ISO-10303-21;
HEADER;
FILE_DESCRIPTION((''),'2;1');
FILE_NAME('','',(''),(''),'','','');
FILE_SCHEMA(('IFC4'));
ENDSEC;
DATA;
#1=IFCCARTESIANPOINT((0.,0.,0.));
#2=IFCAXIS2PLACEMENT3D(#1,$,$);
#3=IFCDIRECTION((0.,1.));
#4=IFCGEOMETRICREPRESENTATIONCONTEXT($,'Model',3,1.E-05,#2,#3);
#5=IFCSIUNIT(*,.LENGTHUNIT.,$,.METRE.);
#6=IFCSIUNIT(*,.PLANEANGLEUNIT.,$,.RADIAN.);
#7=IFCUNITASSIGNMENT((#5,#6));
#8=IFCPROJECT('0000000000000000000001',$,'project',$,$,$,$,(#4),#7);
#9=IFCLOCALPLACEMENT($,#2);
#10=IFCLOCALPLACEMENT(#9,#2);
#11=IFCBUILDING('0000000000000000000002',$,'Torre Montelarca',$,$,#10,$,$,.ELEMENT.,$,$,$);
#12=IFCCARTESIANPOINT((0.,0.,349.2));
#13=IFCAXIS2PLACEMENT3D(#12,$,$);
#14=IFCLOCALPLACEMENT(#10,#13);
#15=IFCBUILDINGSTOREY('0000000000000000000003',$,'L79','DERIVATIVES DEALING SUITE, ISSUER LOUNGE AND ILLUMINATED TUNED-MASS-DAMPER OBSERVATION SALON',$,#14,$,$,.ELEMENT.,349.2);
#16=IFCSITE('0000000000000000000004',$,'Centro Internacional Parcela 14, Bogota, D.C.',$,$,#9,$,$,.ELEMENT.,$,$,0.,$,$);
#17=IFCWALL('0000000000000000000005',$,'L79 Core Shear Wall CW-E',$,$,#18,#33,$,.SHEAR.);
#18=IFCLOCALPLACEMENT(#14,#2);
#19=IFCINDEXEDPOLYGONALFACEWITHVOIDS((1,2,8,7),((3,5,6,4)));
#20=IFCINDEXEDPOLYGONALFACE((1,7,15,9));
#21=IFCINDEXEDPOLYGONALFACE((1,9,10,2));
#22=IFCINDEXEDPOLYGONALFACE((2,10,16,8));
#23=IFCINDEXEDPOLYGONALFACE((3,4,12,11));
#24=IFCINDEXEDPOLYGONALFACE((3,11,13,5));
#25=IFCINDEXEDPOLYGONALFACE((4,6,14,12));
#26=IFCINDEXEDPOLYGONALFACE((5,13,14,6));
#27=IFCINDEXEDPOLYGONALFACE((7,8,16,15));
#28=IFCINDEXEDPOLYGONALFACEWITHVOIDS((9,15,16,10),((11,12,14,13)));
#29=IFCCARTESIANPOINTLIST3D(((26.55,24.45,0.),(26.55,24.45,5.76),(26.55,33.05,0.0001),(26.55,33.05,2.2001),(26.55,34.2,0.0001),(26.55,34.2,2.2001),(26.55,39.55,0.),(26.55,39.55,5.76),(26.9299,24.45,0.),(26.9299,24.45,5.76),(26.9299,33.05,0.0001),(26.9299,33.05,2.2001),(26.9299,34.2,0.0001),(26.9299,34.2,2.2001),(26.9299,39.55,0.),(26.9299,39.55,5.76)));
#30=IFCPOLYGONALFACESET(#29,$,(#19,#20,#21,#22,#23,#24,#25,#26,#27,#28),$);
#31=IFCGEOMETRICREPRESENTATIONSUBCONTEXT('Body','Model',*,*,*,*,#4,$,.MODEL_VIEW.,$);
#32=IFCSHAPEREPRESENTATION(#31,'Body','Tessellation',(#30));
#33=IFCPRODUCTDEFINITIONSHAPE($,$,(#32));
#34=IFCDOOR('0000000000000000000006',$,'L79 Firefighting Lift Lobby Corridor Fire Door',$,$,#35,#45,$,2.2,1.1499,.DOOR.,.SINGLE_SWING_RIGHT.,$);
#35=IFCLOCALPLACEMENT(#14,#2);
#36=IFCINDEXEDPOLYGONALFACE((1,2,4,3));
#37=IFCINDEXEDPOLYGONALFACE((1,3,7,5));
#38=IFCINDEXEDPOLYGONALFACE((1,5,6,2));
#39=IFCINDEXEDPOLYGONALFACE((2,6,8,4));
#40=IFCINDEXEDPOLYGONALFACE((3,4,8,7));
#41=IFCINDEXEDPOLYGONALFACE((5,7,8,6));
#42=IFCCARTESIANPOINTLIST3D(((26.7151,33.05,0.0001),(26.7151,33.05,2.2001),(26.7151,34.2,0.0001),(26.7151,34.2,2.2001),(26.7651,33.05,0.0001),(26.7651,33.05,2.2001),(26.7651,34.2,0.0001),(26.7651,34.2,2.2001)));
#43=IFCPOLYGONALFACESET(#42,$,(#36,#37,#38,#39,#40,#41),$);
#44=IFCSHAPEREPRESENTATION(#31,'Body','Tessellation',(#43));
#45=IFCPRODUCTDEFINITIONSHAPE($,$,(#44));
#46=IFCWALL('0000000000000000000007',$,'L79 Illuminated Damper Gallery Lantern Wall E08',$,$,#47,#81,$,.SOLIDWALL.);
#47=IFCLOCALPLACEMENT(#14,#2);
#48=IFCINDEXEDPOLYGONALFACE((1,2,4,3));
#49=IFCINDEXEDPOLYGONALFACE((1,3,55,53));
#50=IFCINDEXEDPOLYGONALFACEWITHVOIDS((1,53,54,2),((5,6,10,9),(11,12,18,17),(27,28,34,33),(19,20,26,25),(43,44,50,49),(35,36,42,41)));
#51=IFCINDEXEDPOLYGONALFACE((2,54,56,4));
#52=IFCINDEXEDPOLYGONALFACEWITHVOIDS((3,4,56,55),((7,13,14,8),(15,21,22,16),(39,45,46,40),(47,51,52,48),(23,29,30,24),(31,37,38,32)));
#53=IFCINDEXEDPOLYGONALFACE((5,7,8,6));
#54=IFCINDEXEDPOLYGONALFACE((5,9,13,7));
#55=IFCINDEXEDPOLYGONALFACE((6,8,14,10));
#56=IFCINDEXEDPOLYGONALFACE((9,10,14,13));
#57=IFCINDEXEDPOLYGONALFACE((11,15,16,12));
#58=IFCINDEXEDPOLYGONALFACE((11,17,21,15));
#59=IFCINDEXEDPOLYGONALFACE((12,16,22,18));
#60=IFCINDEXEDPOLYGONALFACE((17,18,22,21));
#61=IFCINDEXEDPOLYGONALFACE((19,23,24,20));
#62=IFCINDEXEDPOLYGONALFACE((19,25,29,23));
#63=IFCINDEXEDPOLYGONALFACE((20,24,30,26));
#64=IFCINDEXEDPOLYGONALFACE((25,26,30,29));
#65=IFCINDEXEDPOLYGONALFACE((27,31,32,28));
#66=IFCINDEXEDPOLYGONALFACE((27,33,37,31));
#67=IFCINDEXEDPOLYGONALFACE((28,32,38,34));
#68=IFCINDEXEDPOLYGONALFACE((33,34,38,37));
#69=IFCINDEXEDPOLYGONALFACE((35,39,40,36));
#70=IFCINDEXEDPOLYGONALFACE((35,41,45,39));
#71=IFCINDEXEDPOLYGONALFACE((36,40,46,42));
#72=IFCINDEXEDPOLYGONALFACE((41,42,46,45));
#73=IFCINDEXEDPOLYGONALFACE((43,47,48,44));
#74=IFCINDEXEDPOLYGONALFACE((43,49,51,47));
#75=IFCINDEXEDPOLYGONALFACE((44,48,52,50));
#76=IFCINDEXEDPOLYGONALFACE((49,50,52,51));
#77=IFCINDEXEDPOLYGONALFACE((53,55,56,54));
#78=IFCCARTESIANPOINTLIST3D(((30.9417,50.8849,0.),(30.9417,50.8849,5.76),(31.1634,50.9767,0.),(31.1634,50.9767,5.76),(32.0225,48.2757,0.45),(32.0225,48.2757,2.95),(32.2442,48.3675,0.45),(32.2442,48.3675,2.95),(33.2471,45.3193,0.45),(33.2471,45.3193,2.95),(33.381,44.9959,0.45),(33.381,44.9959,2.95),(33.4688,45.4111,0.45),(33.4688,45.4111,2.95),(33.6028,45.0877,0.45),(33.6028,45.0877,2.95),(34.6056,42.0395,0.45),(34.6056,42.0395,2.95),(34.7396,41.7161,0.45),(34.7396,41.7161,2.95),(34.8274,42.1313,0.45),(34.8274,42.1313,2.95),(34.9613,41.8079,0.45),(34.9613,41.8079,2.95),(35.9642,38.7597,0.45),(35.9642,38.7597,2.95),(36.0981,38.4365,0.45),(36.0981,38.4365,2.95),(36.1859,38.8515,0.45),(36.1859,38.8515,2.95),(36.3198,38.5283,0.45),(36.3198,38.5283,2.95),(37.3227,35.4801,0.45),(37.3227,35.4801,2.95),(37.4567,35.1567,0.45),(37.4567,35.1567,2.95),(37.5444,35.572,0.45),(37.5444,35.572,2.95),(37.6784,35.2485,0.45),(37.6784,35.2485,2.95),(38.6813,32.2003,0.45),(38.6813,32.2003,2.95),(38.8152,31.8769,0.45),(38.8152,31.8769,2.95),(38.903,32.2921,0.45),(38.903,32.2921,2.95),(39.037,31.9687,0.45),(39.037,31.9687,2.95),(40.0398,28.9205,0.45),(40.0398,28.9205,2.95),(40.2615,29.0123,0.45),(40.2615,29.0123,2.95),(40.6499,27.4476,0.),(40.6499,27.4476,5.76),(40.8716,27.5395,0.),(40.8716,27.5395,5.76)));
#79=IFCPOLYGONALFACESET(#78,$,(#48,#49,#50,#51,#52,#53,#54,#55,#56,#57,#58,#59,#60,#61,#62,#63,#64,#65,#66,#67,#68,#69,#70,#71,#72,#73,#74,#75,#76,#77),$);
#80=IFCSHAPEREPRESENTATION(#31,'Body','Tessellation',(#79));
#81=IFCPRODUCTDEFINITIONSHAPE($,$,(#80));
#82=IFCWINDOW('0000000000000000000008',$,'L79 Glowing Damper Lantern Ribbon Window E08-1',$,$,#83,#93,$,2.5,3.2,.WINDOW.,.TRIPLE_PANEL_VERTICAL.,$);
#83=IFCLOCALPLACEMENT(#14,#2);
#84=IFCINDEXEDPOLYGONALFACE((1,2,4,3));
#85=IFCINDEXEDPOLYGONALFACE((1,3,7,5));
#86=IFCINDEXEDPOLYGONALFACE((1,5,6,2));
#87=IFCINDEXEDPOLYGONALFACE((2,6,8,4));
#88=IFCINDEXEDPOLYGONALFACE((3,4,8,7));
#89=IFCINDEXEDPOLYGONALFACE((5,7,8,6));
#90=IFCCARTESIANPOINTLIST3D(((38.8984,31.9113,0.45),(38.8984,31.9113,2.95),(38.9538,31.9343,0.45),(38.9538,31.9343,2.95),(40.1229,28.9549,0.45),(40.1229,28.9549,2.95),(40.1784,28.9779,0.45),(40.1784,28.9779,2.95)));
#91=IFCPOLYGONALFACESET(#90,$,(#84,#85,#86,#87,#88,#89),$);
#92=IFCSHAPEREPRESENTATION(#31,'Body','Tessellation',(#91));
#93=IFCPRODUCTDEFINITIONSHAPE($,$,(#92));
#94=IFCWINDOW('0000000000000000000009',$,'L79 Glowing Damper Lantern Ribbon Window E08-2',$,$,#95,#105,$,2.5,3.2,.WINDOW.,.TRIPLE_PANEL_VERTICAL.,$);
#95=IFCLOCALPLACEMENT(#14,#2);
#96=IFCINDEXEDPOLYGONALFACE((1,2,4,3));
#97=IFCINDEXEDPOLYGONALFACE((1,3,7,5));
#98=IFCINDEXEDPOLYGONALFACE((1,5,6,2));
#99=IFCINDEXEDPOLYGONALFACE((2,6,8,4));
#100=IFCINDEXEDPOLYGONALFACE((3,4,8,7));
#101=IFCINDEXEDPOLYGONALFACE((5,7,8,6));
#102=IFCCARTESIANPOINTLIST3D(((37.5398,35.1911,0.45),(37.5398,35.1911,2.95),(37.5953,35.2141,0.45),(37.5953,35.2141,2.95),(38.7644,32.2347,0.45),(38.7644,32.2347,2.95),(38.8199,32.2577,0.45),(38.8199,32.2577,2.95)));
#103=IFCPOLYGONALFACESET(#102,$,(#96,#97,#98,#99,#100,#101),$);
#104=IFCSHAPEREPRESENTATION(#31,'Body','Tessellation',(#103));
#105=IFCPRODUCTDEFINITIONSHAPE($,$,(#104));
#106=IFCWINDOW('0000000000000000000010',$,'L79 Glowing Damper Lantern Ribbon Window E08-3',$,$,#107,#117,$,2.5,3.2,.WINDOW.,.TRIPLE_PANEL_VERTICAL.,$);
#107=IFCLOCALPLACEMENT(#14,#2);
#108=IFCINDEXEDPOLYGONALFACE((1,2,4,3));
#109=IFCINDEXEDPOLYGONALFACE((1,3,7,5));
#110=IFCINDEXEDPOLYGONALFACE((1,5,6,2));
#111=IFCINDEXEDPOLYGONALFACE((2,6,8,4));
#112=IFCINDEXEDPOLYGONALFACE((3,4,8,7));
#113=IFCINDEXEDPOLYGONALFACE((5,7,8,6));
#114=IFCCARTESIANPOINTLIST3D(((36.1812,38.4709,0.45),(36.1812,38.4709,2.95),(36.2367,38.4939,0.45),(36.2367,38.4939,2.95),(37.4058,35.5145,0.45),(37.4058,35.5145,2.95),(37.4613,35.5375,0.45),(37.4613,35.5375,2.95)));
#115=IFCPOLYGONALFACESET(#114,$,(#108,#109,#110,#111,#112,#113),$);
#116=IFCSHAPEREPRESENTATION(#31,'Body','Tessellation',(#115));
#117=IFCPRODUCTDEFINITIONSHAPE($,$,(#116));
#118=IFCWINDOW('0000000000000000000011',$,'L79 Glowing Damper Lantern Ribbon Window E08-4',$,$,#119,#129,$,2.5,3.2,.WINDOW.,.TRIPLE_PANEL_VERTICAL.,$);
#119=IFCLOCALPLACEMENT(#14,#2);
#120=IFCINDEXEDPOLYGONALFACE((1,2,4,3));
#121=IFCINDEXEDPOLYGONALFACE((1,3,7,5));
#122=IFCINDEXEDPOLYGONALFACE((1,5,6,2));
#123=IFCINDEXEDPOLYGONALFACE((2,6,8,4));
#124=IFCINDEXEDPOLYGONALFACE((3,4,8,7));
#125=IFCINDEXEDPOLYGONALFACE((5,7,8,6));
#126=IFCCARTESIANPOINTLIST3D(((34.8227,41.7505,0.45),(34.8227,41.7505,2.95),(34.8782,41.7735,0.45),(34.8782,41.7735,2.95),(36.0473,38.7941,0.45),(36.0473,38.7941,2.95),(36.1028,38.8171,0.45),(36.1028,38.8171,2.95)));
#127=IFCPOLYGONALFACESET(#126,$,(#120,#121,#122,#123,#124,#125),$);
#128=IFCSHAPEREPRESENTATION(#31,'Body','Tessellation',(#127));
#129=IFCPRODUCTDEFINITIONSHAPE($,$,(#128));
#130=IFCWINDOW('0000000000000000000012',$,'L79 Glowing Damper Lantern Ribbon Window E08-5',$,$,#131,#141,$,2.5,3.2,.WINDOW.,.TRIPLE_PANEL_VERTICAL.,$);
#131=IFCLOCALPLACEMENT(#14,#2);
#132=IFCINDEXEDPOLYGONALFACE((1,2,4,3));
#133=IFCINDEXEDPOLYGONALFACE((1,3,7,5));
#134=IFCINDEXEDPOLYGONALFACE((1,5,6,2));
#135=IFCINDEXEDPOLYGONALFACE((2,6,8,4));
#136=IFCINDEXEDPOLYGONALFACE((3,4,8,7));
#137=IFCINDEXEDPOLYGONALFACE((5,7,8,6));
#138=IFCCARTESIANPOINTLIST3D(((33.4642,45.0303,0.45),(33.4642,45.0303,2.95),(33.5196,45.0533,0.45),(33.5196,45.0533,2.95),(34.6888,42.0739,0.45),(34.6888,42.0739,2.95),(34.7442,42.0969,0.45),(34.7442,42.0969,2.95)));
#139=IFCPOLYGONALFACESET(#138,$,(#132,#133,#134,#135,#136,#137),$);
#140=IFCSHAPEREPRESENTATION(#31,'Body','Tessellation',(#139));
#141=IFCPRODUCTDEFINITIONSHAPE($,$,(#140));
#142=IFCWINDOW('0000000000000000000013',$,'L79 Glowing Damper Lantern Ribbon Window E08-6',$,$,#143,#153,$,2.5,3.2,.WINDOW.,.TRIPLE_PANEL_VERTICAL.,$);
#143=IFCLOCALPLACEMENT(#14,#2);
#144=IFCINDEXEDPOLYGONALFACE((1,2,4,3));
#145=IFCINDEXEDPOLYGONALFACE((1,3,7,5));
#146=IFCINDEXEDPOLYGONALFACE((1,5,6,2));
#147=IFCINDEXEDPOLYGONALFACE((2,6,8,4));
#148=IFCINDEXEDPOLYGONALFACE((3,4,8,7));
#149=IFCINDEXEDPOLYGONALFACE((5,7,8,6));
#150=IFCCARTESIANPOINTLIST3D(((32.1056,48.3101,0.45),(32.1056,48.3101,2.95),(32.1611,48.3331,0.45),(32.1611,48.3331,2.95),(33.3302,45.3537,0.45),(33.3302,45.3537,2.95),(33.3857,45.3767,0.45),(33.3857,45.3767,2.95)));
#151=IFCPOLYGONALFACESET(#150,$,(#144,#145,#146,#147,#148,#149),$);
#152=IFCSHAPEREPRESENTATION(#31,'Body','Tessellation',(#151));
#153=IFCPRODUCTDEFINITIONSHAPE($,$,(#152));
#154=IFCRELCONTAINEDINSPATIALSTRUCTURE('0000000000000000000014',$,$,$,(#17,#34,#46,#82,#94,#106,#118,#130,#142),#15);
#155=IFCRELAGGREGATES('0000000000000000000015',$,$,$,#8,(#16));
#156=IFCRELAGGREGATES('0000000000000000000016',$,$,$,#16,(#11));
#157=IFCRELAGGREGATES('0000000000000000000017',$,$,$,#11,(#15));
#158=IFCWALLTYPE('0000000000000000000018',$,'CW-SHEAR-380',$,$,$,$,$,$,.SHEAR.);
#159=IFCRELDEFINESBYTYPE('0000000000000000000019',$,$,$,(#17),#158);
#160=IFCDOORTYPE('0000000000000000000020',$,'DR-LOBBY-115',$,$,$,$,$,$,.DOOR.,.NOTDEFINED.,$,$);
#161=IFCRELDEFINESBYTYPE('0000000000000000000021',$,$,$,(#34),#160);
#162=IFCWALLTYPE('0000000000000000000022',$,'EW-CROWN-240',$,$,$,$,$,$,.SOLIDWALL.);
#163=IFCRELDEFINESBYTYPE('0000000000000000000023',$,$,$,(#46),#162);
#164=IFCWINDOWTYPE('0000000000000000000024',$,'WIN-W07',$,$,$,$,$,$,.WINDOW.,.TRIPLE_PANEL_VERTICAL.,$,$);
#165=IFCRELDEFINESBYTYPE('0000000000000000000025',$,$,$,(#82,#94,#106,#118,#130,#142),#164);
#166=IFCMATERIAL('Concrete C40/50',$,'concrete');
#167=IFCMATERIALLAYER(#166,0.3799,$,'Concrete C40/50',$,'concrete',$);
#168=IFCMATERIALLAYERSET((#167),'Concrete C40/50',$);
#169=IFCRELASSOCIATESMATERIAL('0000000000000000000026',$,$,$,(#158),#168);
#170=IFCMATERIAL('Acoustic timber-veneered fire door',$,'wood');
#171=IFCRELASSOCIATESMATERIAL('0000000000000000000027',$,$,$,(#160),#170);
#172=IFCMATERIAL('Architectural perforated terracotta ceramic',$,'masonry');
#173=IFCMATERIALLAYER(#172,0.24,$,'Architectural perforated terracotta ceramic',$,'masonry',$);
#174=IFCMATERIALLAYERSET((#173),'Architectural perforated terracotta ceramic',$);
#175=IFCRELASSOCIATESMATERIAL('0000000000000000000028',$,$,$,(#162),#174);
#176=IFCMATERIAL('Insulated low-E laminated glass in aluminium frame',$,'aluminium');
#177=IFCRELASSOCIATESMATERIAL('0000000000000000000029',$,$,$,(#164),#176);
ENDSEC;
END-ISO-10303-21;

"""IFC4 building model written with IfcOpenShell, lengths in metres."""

from ifc_helpers import new_model, si_unit, direction, frame, frame_2d, origin, place, context, subcontext, project, spatial, rectangle, extrude, source, transform, mapped, material, layer, layer_set, type_object, element, fill, save


model = new_model("IFC4")

# Units and contexts
model_context = context("Model", 3, precision=1e-05, world=origin(), true_north=direction((0.0, 1.0)))
body_context = subcontext(model_context, "Body", "Model", "MODEL_VIEW")
ifc_project = project(units=[si_unit("LENGTHUNIT", "METRE"), si_unit("PLANEANGLEUNIT", "RADIAN")], contexts=[model_context])

# Site, building, storey
site_placement = place(None, origin())
site = spatial("IfcSite", under=ifc_project, at=site_placement, Name="Centro Internacional Parcela 14, Bogota, D.C.", CompositionType="ELEMENT", RefElevation=0.0)
building_placement = place(site_placement, origin())
building = spatial("IfcBuilding", under=site, at=building_placement, Name="Torre Montelarca", CompositionType="ELEMENT")
storey_placement = place(building_placement, frame((0.0, 0.0, 349.2)))
storey = spatial("IfcBuildingStorey", under=building, at=storey_placement, Name="L79", Description="DERIVATIVES DEALING SUITE, ISSUER LOUNGE AND ILLUMINATED TUNED-MASS-DAMPER OBSERVATION SALON", CompositionType="ELEMENT", Elevation=349.2)

# Shared definitions
ifc_material_1 = material(Name="Concrete C40/50", Category="concrete")

# Wall, opening, door
ifc_layer_1 = layer(ifc_material_1, 0.3799, Name="Concrete C40/50", Category="concrete")
ifc_layer_set_1 = layer_set([ifc_layer_1], Name="Concrete C40/50")
wall_type_1 = type_object("IfcWallType", Name="CW-SHEAR-380", PredefinedType="SHEAR", material=ifc_layer_set_1)
wall_1_placement = place(storey_placement, frame((26.74, 24.45, 0.0), z_axis=(0.0, 0.0, 1.0), x_axis=(0.0, 1.0, 0.0)))
wall_1 = element("IfcWall", 1, at=wall_1_placement, inside=storey, type_object=wall_type_1, Name="L79 Core Shear Wall CW-E", PredefinedType="SHEAR", context=body_context, shape_type="SweptSolid", body=[
    extrude(rectangle(XDim=15.1001, YDim=0.3799, at=frame_2d((7.55, 0.0))), origin(), (0.0, 0.0, 1.0), 5.76),
])
opening_1_placement = place(wall_1_placement, frame((8.6001, 0.0, 0.0)))
opening_1 = element("IfcOpeningElement", 2, at=opening_1_placement, cuts=wall_1, PredefinedType="OPENING", context=body_context, shape_type="SweptSolid", body=[
    extrude(rectangle(XDim=1.1499, YDim=2.2, at=frame_2d((0.575, 1.1001))), frame((0.0, 0.2, 0.0), z_axis=(0.0, -1.0, 0.0), x_axis=(1.0, 0.0, 0.0)), (0.0, 0.0, 1.0), 0.3999),
])
ifc_material_2 = material(Name="Acoustic timber-veneered fire door", Category="wood")
door_type = type_object("IfcDoorType", Name="DR-LOBBY-115", OperationType="NOTDEFINED", PredefinedType="DOOR", material=ifc_material_2)
shared_shape_1 = source(origin(), body_context, "Body", "SweptSolid", [
    extrude(rectangle(XDim=1.1499, YDim=2.2, at=frame_2d((0.575, 1.1001))), frame((0.0, 0.0249, 0.0), z_axis=(0.0, -1.0, 0.0), x_axis=(1.0, 0.0, 0.0)), (0.0, 0.0, 1.0), 0.05),
])
door_placement = place(opening_1_placement, origin())
door = element("IfcDoor", 3, at=door_placement, inside=storey, type_object=door_type, Name="L79 Firefighting Lift Lobby Corridor Fire Door", OperationType="SINGLE_SWING_RIGHT", OverallHeight=2.2, OverallWidth=1.1499, PredefinedType="DOOR", context=body_context, shape_type="MappedRepresentation", body=[
    mapped(shared_shape_1, transform((0.0, 0.0, 0.0), scale=1.0)),
])
fill(opening_1, door)

# Wall, openings, windows
ifc_material_3 = material(Name="Architectural perforated terracotta ceramic", Category="masonry")
ifc_layer_2 = layer(ifc_material_3, 0.24, Name="Architectural perforated terracotta ceramic", Category="masonry")
ifc_layer_set_2 = layer_set([ifc_layer_2], Name="Architectural perforated terracotta ceramic")
wall_type_2 = type_object("IfcWallType", Name="EW-CROWN-240", PredefinedType="SOLIDWALL", material=ifc_layer_set_2)
wall_2_placement = place(storey_placement, frame((40.7607, 27.4937, 0.0), z_axis=(0.0, 0.0, 1.0), x_axis=(-0.382691, 0.923876, 0.0)))
wall_2 = element("IfcWall", 4, at=wall_2_placement, inside=storey, type_object=wall_type_2, Name="L79 Illuminated Damper Gallery Lantern Wall E08", PredefinedType="SOLIDWALL", context=body_context, shape_type="SweptSolid", body=[
    extrude(rectangle(XDim=25.3684, YDim=0.24, at=frame_2d((12.6841, 0.0))), origin(), (0.0, 0.0, 1.0), 5.76),
])
opening_2_placement = place(wall_2_placement, frame((1.594, 0.0, 0.45)))
opening_2 = element("IfcOpeningElement", 5, at=opening_2_placement, cuts=wall_2, PredefinedType="OPENING", context=body_context, shape_type="SweptSolid", body=[
    extrude(rectangle(XDim=3.2, YDim=2.5, at=frame_2d((1.6001, 1.25))), frame((0.0, 0.1299, 0.0), z_axis=(0.0, -1.0, 0.0), x_axis=(1.0, 0.0, 0.0)), (0.0, 0.0, 1.0), 0.26),
])
opening_3_placement = place(wall_2_placement, frame((5.144, 0.0, 0.45)))
opening_3 = element("IfcOpeningElement", 6, at=opening_3_placement, cuts=wall_2, PredefinedType="OPENING", context=body_context, shape_type="SweptSolid", body=[
    extrude(rectangle(XDim=3.2, YDim=2.5, at=frame_2d((1.6001, 1.25))), frame((0.0, 0.1299, 0.0), z_axis=(0.0, -1.0, 0.0), x_axis=(1.0, 0.0, 0.0)), (0.0, 0.0, 1.0), 0.26),
])
opening_4_placement = place(wall_2_placement, frame((8.6941, 0.0, 0.45)))
opening_4 = element("IfcOpeningElement", 7, at=opening_4_placement, cuts=wall_2, PredefinedType="OPENING", context=body_context, shape_type="SweptSolid", body=[
    extrude(rectangle(XDim=3.2, YDim=2.5, at=frame_2d((1.6001, 1.25))), frame((0.0, 0.1299, 0.0), z_axis=(0.0, -1.0, 0.0), x_axis=(1.0, 0.0, 0.0)), (0.0, 0.0, 1.0), 0.26),
])
opening_5_placement = place(wall_2_placement, frame((12.2439, 0.0, 0.45)))
opening_5 = element("IfcOpeningElement", 8, at=opening_5_placement, cuts=wall_2, PredefinedType="OPENING", context=body_context, shape_type="SweptSolid", body=[
    extrude(rectangle(XDim=3.2, YDim=2.5, at=frame_2d((1.6001, 1.25))), frame((0.0, 0.1299, 0.0), z_axis=(0.0, -1.0, 0.0), x_axis=(1.0, 0.0, 0.0)), (0.0, 0.0, 1.0), 0.26),
])
opening_6_placement = place(wall_2_placement, frame((15.7939, 0.0, 0.45)))
opening_6 = element("IfcOpeningElement", 9, at=opening_6_placement, cuts=wall_2, PredefinedType="OPENING", context=body_context, shape_type="SweptSolid", body=[
    extrude(rectangle(XDim=3.2, YDim=2.5, at=frame_2d((1.6001, 1.25))), frame((0.0, 0.1299, 0.0), z_axis=(0.0, -1.0, 0.0), x_axis=(1.0, 0.0, 0.0)), (0.0, 0.0, 1.0), 0.26),
])
opening_7_placement = place(wall_2_placement, frame((19.344, 0.0, 0.45)))
opening_7 = element("IfcOpeningElement", 10, at=opening_7_placement, cuts=wall_2, PredefinedType="OPENING", context=body_context, shape_type="SweptSolid", body=[
    extrude(rectangle(XDim=3.2, YDim=2.5, at=frame_2d((1.6001, 1.25))), frame((0.0, 0.1299, 0.0), z_axis=(0.0, -1.0, 0.0), x_axis=(1.0, 0.0, 0.0)), (0.0, 0.0, 1.0), 0.26),
])
ifc_material_4 = material(Name="Insulated low-E laminated glass in aluminium frame", Category="aluminium")
window_type = type_object("IfcWindowType", Name="WIN-W07", PartitioningType="TRIPLE_PANEL_VERTICAL", PredefinedType="WINDOW", material=ifc_material_4)
shared_shape_2 = source(origin(), body_context, "Body", "SweptSolid", [
    extrude(rectangle(XDim=3.2, YDim=2.5, at=frame_2d((1.6001, 1.25))), frame((0.0, 0.03, 0.0), z_axis=(0.0, -1.0, 0.0), x_axis=(1.0, 0.0, 0.0)), (0.0, 0.0, 1.0), 0.0601),
])
window_1_placement = place(opening_2_placement, origin())
window_1 = element("IfcWindow", 11, at=window_1_placement, inside=storey, type_object=window_type, Name="L79 Glowing Damper Lantern Ribbon Window E08-1", OverallHeight=2.5, OverallWidth=3.2, PartitioningType="TRIPLE_PANEL_VERTICAL", PredefinedType="WINDOW", context=body_context, shape_type="MappedRepresentation", body=[
    mapped(shared_shape_2, transform((0.0, 0.0, 0.0), scale=1.0)),
])
fill(opening_2, window_1)
window_2_placement = place(opening_3_placement, origin())
window_2 = element("IfcWindow", 12, at=window_2_placement, inside=storey, type_object=window_type, Name="L79 Glowing Damper Lantern Ribbon Window E08-2", OverallHeight=2.5, OverallWidth=3.2, PartitioningType="TRIPLE_PANEL_VERTICAL", PredefinedType="WINDOW", context=body_context, shape_type="MappedRepresentation", body=[
    mapped(shared_shape_2, transform((0.0, 0.0, 0.0), scale=1.0)),
])
fill(opening_3, window_2)
window_3_placement = place(opening_4_placement, origin())
window_3 = element("IfcWindow", 13, at=window_3_placement, inside=storey, type_object=window_type, Name="L79 Glowing Damper Lantern Ribbon Window E08-3", OverallHeight=2.5, OverallWidth=3.2, PartitioningType="TRIPLE_PANEL_VERTICAL", PredefinedType="WINDOW", context=body_context, shape_type="MappedRepresentation", body=[
    mapped(shared_shape_2, transform((0.0, 0.0, 0.0), scale=1.0)),
])
fill(opening_4, window_3)
window_4_placement = place(opening_5_placement, origin())
window_4 = element("IfcWindow", 14, at=window_4_placement, inside=storey, type_object=window_type, Name="L79 Glowing Damper Lantern Ribbon Window E08-4", OverallHeight=2.5, OverallWidth=3.2, PartitioningType="TRIPLE_PANEL_VERTICAL", PredefinedType="WINDOW", context=body_context, shape_type="MappedRepresentation", body=[
    mapped(shared_shape_2, transform((0.0, 0.0, 0.0), scale=1.0)),
])
fill(opening_5, window_4)
window_5_placement = place(opening_6_placement, origin())
window_5 = element("IfcWindow", 15, at=window_5_placement, inside=storey, type_object=window_type, Name="L79 Glowing Damper Lantern Ribbon Window E08-5", OverallHeight=2.5, OverallWidth=3.2, PartitioningType="TRIPLE_PANEL_VERTICAL", PredefinedType="WINDOW", context=body_context, shape_type="MappedRepresentation", body=[
    mapped(shared_shape_2, transform((0.0, 0.0, 0.0), scale=1.0)),
])
fill(opening_6, window_5)
window_6_placement = place(opening_7_placement, origin())
window_6 = element("IfcWindow", 16, at=window_6_placement, inside=storey, type_object=window_type, Name="L79 Glowing Damper Lantern Ribbon Window E08-6", OverallHeight=2.5, OverallWidth=3.2, PartitioningType="TRIPLE_PANEL_VERTICAL", PredefinedType="WINDOW", context=body_context, shape_type="MappedRepresentation", body=[
    mapped(shared_shape_2, transform((0.0, 0.0, 0.0), scale=1.0)),
])
fill(opening_7, window_6)

save(model, "model.ifc")
